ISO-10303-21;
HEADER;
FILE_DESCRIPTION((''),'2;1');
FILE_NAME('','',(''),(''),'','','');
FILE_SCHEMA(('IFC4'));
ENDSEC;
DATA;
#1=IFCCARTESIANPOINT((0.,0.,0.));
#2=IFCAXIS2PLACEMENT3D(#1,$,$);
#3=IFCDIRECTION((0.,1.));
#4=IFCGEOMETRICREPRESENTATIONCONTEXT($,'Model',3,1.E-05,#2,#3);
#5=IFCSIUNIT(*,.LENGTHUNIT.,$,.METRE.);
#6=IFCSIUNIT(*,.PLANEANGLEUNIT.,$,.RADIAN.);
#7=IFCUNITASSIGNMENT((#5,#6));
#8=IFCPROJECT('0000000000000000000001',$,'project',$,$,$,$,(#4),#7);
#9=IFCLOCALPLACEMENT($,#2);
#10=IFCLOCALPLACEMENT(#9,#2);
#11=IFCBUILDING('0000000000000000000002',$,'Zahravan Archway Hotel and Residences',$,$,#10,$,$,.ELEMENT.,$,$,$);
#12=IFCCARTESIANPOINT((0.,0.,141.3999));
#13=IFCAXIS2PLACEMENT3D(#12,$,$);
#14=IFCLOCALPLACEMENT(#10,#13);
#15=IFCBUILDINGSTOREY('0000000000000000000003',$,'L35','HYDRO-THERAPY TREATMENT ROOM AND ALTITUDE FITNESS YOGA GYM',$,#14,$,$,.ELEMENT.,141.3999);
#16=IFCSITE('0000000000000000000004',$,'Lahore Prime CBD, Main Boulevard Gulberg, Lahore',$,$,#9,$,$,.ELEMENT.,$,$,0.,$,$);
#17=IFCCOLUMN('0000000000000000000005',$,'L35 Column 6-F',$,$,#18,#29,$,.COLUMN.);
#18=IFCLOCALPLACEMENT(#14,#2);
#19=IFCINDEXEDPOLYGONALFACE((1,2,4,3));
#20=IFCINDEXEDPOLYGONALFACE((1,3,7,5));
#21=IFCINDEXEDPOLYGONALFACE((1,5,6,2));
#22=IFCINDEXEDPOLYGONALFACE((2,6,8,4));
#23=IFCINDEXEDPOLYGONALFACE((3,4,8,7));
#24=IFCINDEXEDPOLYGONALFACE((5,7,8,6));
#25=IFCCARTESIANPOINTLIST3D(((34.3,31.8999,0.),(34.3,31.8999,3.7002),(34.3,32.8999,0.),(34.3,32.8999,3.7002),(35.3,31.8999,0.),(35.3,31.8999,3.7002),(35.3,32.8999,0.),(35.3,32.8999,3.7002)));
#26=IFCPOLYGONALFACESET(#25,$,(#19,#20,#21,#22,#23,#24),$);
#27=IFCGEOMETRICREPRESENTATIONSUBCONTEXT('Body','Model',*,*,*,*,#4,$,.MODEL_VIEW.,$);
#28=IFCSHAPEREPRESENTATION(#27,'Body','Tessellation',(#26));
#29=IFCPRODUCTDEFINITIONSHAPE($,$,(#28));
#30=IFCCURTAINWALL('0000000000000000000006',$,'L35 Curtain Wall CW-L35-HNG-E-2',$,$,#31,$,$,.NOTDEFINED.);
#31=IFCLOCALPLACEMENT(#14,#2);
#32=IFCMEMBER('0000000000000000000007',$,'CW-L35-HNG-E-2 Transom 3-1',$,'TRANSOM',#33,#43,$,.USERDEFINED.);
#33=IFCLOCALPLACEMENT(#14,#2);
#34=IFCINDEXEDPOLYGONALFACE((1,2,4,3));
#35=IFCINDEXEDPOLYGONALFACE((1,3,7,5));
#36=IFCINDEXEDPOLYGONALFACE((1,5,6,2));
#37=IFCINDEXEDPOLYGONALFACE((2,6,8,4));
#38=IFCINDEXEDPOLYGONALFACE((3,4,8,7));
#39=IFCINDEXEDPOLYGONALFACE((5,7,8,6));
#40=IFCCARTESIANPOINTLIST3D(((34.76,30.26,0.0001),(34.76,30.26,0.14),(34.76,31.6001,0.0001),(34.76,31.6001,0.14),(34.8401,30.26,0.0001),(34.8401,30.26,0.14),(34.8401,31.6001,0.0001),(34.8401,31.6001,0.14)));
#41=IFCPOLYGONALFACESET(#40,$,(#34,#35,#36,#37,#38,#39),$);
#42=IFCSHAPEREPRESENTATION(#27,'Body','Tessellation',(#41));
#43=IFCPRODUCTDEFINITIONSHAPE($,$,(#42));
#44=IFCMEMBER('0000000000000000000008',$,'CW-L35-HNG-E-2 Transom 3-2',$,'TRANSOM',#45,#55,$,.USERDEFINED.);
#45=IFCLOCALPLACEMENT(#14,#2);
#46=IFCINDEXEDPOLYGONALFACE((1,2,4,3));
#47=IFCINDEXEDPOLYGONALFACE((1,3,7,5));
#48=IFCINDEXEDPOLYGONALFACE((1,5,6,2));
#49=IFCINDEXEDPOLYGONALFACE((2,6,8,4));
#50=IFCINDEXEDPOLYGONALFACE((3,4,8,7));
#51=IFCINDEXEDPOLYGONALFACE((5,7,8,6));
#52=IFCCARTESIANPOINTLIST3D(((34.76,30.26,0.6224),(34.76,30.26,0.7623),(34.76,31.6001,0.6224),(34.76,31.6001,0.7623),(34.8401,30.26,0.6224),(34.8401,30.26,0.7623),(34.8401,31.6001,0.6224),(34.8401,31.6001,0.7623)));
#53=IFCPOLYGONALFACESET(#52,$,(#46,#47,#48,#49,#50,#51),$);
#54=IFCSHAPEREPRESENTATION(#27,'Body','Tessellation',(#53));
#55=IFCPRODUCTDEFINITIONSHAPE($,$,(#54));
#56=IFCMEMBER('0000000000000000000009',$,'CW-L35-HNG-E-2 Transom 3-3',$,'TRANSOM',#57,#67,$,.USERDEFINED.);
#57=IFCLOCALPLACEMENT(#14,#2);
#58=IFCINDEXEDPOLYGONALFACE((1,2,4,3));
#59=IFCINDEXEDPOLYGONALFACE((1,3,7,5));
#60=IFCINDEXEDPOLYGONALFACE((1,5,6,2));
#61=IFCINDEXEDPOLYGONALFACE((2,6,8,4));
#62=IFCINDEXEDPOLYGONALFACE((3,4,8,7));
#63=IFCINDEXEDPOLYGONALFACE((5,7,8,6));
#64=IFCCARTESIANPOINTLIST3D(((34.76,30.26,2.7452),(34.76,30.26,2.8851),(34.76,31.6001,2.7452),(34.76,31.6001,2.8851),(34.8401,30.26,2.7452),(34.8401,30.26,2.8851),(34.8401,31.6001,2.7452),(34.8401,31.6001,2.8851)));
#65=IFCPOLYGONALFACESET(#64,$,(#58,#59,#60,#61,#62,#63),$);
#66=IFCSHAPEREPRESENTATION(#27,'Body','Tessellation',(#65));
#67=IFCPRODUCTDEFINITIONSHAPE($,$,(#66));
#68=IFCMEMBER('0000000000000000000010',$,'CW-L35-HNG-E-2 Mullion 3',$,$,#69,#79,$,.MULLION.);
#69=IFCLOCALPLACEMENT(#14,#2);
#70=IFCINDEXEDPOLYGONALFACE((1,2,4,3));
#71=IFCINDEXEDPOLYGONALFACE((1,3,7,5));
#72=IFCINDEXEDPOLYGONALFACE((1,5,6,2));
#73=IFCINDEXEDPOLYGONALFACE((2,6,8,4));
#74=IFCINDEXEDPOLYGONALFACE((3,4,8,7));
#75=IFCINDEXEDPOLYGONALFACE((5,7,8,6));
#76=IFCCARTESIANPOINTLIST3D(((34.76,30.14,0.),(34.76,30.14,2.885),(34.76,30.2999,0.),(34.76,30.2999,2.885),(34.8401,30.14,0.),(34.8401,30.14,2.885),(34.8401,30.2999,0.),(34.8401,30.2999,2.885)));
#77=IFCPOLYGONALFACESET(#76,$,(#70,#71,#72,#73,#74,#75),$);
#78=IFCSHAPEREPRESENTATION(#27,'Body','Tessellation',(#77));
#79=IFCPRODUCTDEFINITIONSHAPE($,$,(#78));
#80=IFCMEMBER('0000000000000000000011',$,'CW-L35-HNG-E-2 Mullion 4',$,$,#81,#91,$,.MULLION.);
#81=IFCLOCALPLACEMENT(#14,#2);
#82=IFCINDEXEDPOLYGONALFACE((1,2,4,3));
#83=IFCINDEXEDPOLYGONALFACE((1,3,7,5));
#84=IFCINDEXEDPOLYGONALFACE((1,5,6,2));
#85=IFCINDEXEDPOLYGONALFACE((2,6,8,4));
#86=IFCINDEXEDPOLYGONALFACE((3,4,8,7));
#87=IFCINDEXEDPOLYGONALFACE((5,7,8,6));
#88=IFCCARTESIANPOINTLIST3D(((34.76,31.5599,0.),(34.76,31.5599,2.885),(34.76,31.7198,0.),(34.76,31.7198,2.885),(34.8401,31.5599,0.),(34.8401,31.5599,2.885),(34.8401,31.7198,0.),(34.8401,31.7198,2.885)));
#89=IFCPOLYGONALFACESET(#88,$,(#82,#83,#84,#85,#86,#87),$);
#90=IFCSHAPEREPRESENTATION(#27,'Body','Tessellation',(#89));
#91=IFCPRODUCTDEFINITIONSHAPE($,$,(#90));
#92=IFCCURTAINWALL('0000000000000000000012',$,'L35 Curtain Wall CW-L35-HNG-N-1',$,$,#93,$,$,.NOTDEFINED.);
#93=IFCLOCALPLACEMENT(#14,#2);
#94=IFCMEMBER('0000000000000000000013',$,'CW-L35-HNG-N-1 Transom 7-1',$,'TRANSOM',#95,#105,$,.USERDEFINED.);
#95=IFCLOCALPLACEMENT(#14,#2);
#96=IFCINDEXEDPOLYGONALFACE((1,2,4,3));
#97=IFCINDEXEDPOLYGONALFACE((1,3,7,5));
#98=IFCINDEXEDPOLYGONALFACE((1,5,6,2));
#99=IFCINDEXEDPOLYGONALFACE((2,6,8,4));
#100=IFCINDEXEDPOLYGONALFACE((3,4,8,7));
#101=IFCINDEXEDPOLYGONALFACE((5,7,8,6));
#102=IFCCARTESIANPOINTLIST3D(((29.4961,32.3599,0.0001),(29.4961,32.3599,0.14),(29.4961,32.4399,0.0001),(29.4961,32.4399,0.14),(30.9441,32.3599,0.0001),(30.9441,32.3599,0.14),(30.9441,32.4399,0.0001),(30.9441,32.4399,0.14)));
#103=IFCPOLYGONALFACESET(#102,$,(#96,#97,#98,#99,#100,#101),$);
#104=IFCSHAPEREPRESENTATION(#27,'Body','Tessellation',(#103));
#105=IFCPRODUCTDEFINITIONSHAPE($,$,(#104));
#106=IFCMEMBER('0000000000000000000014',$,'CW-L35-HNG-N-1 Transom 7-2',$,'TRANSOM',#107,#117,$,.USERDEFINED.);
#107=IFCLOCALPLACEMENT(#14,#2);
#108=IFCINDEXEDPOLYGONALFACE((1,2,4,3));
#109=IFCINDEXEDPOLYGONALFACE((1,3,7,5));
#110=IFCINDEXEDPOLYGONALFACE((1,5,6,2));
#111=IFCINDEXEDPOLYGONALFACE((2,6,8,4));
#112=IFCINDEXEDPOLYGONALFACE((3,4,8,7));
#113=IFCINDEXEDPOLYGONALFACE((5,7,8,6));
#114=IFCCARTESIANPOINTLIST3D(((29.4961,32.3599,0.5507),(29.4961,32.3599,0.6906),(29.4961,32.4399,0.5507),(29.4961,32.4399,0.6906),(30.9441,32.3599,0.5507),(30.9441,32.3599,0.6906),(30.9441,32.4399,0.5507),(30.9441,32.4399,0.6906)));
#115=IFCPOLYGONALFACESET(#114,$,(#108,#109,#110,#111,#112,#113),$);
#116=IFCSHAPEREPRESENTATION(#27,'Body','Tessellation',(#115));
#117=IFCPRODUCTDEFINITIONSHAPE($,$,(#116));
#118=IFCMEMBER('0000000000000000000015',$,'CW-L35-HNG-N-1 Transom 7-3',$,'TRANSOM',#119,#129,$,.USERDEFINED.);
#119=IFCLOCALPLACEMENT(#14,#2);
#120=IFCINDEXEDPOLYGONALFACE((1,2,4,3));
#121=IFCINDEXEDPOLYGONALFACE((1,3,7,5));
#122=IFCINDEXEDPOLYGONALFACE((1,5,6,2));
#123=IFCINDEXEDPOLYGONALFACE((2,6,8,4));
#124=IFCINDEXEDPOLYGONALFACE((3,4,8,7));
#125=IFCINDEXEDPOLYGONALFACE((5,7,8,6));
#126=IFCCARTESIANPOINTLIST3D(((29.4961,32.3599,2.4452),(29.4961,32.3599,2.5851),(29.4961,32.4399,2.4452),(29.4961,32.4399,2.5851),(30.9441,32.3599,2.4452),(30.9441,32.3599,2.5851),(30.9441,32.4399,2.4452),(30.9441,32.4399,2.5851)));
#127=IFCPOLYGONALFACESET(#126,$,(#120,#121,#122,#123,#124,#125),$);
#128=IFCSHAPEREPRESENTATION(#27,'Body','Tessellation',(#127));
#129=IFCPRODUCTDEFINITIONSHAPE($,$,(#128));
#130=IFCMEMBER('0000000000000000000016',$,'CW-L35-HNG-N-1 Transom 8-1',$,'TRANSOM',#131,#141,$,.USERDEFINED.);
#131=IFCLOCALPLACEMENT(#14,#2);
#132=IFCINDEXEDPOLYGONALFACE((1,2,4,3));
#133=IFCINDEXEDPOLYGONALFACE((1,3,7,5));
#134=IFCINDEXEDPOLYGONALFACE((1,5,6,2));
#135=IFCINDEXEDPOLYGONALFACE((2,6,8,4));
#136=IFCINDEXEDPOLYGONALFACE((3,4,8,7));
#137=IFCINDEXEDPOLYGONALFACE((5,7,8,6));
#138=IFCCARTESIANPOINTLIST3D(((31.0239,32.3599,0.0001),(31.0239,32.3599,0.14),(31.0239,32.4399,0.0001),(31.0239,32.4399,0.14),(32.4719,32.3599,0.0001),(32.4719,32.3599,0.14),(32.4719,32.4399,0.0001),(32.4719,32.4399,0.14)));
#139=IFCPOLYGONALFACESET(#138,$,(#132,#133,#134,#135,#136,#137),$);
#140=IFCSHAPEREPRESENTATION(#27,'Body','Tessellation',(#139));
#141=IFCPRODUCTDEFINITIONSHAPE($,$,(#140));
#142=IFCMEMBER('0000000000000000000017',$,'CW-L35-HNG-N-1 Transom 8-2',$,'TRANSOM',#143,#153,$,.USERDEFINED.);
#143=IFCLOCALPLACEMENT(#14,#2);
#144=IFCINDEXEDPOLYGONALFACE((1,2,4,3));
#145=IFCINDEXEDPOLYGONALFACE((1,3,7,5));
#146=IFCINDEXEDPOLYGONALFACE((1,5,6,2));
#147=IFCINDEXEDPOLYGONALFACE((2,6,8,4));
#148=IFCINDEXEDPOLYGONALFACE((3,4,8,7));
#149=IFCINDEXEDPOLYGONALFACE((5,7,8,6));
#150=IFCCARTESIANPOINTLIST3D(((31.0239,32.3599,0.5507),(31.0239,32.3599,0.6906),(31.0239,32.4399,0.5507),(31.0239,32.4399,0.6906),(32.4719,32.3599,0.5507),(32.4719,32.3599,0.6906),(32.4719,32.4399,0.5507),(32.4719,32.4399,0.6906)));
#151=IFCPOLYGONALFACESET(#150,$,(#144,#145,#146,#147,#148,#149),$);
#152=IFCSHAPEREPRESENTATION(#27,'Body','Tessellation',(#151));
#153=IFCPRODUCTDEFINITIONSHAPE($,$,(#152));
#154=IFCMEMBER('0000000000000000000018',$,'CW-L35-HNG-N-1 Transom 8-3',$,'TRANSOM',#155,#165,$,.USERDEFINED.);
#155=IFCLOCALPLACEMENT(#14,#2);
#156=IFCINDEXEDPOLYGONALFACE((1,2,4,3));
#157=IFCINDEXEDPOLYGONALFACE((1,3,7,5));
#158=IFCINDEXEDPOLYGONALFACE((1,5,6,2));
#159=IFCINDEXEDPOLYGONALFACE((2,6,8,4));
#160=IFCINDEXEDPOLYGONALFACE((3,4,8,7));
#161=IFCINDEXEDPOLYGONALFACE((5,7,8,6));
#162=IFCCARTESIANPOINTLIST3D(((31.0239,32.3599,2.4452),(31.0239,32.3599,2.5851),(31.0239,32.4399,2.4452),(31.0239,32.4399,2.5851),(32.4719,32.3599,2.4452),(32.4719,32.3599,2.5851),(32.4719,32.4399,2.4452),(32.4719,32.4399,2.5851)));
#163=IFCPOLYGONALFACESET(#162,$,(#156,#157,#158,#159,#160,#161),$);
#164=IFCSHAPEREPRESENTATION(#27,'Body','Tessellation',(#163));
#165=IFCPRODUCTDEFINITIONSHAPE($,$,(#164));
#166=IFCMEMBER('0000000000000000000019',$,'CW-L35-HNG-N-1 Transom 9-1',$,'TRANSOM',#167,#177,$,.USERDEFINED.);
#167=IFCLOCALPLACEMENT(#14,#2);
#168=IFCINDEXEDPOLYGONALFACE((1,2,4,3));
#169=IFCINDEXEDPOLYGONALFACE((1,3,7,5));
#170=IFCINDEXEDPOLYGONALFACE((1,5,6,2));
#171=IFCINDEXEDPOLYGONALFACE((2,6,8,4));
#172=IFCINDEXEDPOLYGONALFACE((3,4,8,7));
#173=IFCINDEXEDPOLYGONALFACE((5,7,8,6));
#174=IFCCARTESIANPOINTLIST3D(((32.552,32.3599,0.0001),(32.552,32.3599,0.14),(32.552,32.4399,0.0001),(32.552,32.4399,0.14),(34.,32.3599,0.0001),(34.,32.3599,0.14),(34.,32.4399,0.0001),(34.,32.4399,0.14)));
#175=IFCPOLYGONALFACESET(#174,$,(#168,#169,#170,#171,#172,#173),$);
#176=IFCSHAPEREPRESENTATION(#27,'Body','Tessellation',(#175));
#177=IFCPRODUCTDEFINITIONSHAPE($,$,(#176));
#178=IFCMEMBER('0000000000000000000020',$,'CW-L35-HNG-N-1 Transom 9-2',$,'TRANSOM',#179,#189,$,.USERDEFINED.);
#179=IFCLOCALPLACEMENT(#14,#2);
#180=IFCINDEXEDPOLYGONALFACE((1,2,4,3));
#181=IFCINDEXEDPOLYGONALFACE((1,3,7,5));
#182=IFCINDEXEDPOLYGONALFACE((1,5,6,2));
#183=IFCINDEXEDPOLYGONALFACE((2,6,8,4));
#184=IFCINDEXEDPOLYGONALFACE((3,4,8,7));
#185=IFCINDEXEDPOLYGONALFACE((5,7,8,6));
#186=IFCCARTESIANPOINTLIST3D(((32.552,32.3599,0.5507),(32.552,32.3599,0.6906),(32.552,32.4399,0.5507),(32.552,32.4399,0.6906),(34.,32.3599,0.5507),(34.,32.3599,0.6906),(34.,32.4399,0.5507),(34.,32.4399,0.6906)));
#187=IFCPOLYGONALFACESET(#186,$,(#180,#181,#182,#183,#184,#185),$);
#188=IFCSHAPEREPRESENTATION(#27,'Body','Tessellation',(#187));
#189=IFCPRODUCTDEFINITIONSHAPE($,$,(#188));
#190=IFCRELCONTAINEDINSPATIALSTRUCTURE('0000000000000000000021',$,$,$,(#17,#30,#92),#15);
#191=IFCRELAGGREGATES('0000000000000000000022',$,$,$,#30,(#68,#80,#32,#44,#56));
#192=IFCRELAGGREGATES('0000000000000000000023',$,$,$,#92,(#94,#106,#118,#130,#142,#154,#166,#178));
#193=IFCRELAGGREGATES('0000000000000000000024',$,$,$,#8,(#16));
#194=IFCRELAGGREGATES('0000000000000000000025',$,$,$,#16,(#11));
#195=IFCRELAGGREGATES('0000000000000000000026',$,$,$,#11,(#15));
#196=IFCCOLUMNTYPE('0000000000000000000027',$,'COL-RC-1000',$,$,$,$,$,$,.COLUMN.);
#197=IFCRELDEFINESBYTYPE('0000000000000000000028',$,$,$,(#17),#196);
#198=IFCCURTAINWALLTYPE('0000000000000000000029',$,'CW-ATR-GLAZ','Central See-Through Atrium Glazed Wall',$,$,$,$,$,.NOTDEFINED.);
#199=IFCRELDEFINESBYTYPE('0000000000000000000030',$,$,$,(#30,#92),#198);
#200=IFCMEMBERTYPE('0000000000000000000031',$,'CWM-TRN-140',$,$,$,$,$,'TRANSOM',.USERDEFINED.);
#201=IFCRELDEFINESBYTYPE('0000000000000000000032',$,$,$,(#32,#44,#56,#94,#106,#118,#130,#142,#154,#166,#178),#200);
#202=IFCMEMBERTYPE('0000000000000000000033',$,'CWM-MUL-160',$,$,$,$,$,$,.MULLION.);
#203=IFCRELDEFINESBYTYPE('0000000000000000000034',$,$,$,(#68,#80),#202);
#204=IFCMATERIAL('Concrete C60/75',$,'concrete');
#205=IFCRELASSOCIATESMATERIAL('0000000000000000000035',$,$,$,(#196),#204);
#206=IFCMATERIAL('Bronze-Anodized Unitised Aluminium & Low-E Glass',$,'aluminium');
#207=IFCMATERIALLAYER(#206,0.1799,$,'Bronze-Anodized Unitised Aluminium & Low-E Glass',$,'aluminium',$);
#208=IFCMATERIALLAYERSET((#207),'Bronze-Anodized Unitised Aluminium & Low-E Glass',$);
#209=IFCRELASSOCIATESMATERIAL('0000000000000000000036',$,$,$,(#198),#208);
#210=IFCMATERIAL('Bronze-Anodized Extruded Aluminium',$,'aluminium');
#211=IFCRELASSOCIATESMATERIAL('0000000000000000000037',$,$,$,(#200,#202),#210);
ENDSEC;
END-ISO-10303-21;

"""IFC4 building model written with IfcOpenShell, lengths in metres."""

from ifc_helpers import new_model, si_unit, direction, frame, origin, origin_2d, place, context, subcontext, project, spatial, rectangle, extrude, source, transform, mapped, material, layer, layer_set, material_profile, profile_set, type_object, element, aggregate, save


model = new_model("IFC4")

# Units and contexts
model_context = context("Model", 3, precision=1e-05, world=origin(), true_north=direction((0.0, 1.0)))
body_context = subcontext(model_context, "Body", "Model", "MODEL_VIEW")
ifc_project = project(units=[si_unit("LENGTHUNIT", "METRE"), si_unit("PLANEANGLEUNIT", "RADIAN")], contexts=[model_context])

# Site, building, storey
site_placement = place(None, origin())
site = spatial("IfcSite", under=ifc_project, at=site_placement, Name="Lahore Prime CBD, Main Boulevard Gulberg, Lahore", CompositionType="ELEMENT", RefElevation=0.0)
building_placement = place(site_placement, origin())
building = spatial("IfcBuilding", under=site, at=building_placement, Name="Zahravan Archway Hotel and Residences", CompositionType="ELEMENT")
storey_placement = place(building_placement, frame((0.0, 0.0, 141.3999)))
storey = spatial("IfcBuildingStorey", under=building, at=storey_placement, Name="L35", Description="HYDRO-THERAPY TREATMENT ROOM AND ALTITUDE FITNESS YOGA GYM", CompositionType="ELEMENT", Elevation=141.3999)

# Column
ifc_material_1 = material(Name="Concrete C60/75", Category="concrete")
ifc_material_profile_1 = material_profile(ifc_material_1, rectangle(XDim=1.0, YDim=1.0, at=origin_2d()), Name="RC-COL-1000x1000", Category="concrete")
ifc_profile_set_1 = profile_set([ifc_material_profile_1], Name="Concrete C60/75")
column_type = type_object("IfcColumnType", Name="COL-RC-1000", PredefinedType="COLUMN", material=ifc_profile_set_1)
shared_shape_1 = source(origin(), body_context, "Body", "SweptSolid", [
    extrude(rectangle(XDim=1.0, YDim=1.0, at=origin_2d()), origin(), (0.0, 0.0, 1.0), 3.7002),
])
column_placement = place(storey_placement, frame((34.8, 32.3999, 0.0), z_axis=(0.0, 0.0, 1.0), x_axis=(1.0, 0.0, 0.0)))
element("IfcColumn", 1, at=column_placement, inside=storey, type_object=column_type, Name="L35 Column 6-F", PredefinedType="COLUMN", context=body_context, shape_type="MappedRepresentation", body=[
    mapped(shared_shape_1, transform((0.0, 0.0, 0.0), scale=1.0)),
])

# Curtain walls, members
ifc_material_2 = material(Name="Bronze-Anodized Unitised Aluminium & Low-E Glass", Category="aluminium")
ifc_layer_1 = layer(ifc_material_2, 0.1799, Name="Bronze-Anodized Unitised Aluminium & Low-E Glass", Category="aluminium")
ifc_layer_set_1 = layer_set([ifc_layer_1], Name="Bronze-Anodized Unitised Aluminium & Low-E Glass")
curtain_wall_type = type_object("IfcCurtainWallType", Name="CW-ATR-GLAZ", Description="Central See-Through Atrium Glazed Wall", PredefinedType="NOTDEFINED", material=ifc_layer_set_1)
curtain_wall_1_placement = place(storey_placement, origin())
curtain_wall_1 = element("IfcCurtainWall", 2, at=curtain_wall_1_placement, inside=storey, type_object=curtain_wall_type, Name="L35 Curtain Wall CW-L35-HNG-E-2", PredefinedType="NOTDEFINED")
ifc_material_3 = material(Name="Bronze-Anodized Extruded Aluminium", Category="aluminium")
ifc_material_profile_2 = material_profile(ifc_material_3, rectangle(XDim=0.0801, YDim=0.1399, at=origin_2d()), Name="TRN 80x140", Category="aluminium")
ifc_profile_set_2 = profile_set([ifc_material_profile_2], Name="Bronze-Anodized Extruded Aluminium")
member_type_1 = type_object("IfcMemberType", Name="CWM-TRN-140", ElementType="TRANSOM", PredefinedType="USERDEFINED", material=ifc_profile_set_2)
shared_shape_2 = source(origin(), body_context, "Body", "SweptSolid", [
    extrude(rectangle(XDim=0.0801, YDim=0.1399, at=origin_2d()), origin(), (0.0, 0.0, 1.0), 1.3401),
])
member_1_placement = place(storey_placement, frame((34.8, 30.26, 0.0701), z_axis=(0.0, 1.0, 0.0), x_axis=(-1.0, 0.0, 0.0)))
member_1 = element("IfcMember", 3, at=member_1_placement, type_object=member_type_1, Name="CW-L35-HNG-E-2 Transom 3-1", ObjectType="TRANSOM", PredefinedType="USERDEFINED", context=body_context, shape_type="MappedRepresentation", body=[
    mapped(shared_shape_2, transform((0.0, 0.0, 0.0), scale=1.0)),
])
member_2_placement = place(storey_placement, frame((34.8, 30.26, 0.6924), z_axis=(0.0, 1.0, 0.0), x_axis=(-1.0, 0.0, 0.0)))
member_2 = element("IfcMember", 4, at=member_2_placement, type_object=member_type_1, Name="CW-L35-HNG-E-2 Transom 3-2", ObjectType="TRANSOM", PredefinedType="USERDEFINED", context=body_context, shape_type="MappedRepresentation", body=[
    mapped(shared_shape_2, transform((0.0, 0.0, 0.0), scale=1.0)),
])
member_3_placement = place(storey_placement, frame((34.8, 30.26, 2.8152), z_axis=(0.0, 1.0, 0.0), x_axis=(-1.0, 0.0, 0.0)))
member_3 = element("IfcMember", 5, at=member_3_placement, type_object=member_type_1, Name="CW-L35-HNG-E-2 Transom 3-3", ObjectType="TRANSOM", PredefinedType="USERDEFINED", context=body_context, shape_type="MappedRepresentation", body=[
    mapped(shared_shape_2, transform((0.0, 0.0, 0.0), scale=1.0)),
])
ifc_material_profile_3 = material_profile(ifc_material_3, rectangle(XDim=0.0801, YDim=0.1599, at=origin_2d()), Name="MUL 80x160", Category="aluminium")
ifc_profile_set_3 = profile_set([ifc_material_profile_3], Name="Bronze-Anodized Extruded Aluminium")
member_type_2 = type_object("IfcMemberType", Name="CWM-MUL-160", PredefinedType="MULLION", material=ifc_profile_set_3)
shared_shape_3 = source(origin(), body_context, "Body", "SweptSolid", [
    extrude(rectangle(XDim=0.0801, YDim=0.1599, at=origin_2d()), origin(), (0.0, 0.0, 1.0), 2.885),
])
member_4_placement = place(storey_placement, frame((34.8, 30.22, 0.0), z_axis=(0.0, 0.0, 1.0), x_axis=(1.0, 0.0, 0.0)))
member_4 = element("IfcMember", 6, at=member_4_placement, type_object=member_type_2, Name="CW-L35-HNG-E-2 Mullion 3", PredefinedType="MULLION", context=body_context, shape_type="MappedRepresentation", body=[
    mapped(shared_shape_3, transform((0.0, 0.0, 0.0), scale=1.0)),
])
member_5_placement = place(storey_placement, frame((34.8, 31.6399, 0.0), z_axis=(0.0, 0.0, 1.0), x_axis=(1.0, 0.0, 0.0)))
member_5 = element("IfcMember", 7, at=member_5_placement, type_object=member_type_2, Name="CW-L35-HNG-E-2 Mullion 4", PredefinedType="MULLION", context=body_context, shape_type="MappedRepresentation", body=[
    mapped(shared_shape_3, transform((0.0, 0.0, 0.0), scale=1.0)),
])
curtain_wall_2_placement = place(storey_placement, origin())
curtain_wall_2 = element("IfcCurtainWall", 8, at=curtain_wall_2_placement, inside=storey, type_object=curtain_wall_type, Name="L35 Curtain Wall CW-L35-HNG-N-1", PredefinedType="NOTDEFINED")
shared_shape_4 = source(origin(), body_context, "Body", "SweptSolid", [
    extrude(rectangle(XDim=0.0801, YDim=0.1399, at=origin_2d()), origin(), (0.0, 0.0, 1.0), 1.448),
])
member_6_placement = place(storey_placement, frame((29.4961, 32.3999, 0.0701), z_axis=(1.0, 0.0, 0.0), x_axis=(0.0, 1.0, 0.0)))
member_6 = element("IfcMember", 9, at=member_6_placement, type_object=member_type_1, Name="CW-L35-HNG-N-1 Transom 7-1", ObjectType="TRANSOM", PredefinedType="USERDEFINED", context=body_context, shape_type="MappedRepresentation", body=[
    mapped(shared_shape_4, transform((0.0, 0.0, 0.0), scale=1.0)),
])
member_7_placement = place(storey_placement, frame((29.4961, 32.3999, 0.6206), z_axis=(1.0, 0.0, 0.0), x_axis=(0.0, 1.0, 0.0)))
member_7 = element("IfcMember", 10, at=member_7_placement, type_object=member_type_1, Name="CW-L35-HNG-N-1 Transom 7-2", ObjectType="TRANSOM", PredefinedType="USERDEFINED", context=body_context, shape_type="MappedRepresentation", body=[
    mapped(shared_shape_4, transform((0.0, 0.0, 0.0), scale=1.0)),
])
member_8_placement = place(storey_placement, frame((29.4961, 32.3999, 2.5151), z_axis=(1.0, 0.0, 0.0), x_axis=(0.0, 1.0, 0.0)))
member_8 = element("IfcMember", 11, at=member_8_placement, type_object=member_type_1, Name="CW-L35-HNG-N-1 Transom 7-3", ObjectType="TRANSOM", PredefinedType="USERDEFINED", context=body_context, shape_type="MappedRepresentation", body=[
    mapped(shared_shape_4, transform((0.0, 0.0, 0.0), scale=1.0)),
])
member_9_placement = place(storey_placement, frame((31.0239, 32.3999, 0.0701), z_axis=(1.0, 0.0, 0.0), x_axis=(0.0, 1.0, 0.0)))
member_9 = element("IfcMember", 12, at=member_9_placement, type_object=member_type_1, Name="CW-L35-HNG-N-1 Transom 8-1", ObjectType="TRANSOM", PredefinedType="USERDEFINED", context=body_context, shape_type="MappedRepresentation", body=[
    mapped(shared_shape_4, transform((0.0, 0.0, 0.0), scale=1.0)),
])
member_10_placement = place(storey_placement, frame((31.0239, 32.3999, 0.6206), z_axis=(1.0, 0.0, 0.0), x_axis=(0.0, 1.0, 0.0)))
member_10 = element("IfcMember", 13, at=member_10_placement, type_object=member_type_1, Name="CW-L35-HNG-N-1 Transom 8-2", ObjectType="TRANSOM", PredefinedType="USERDEFINED", context=body_context, shape_type="MappedRepresentation", body=[
    mapped(shared_shape_4, transform((0.0, 0.0, 0.0), scale=1.0)),
])
member_11_placement = place(storey_placement, frame((31.0239, 32.3999, 2.5151), z_axis=(1.0, 0.0, 0.0), x_axis=(0.0, 1.0, 0.0)))
member_11 = element("IfcMember", 14, at=member_11_placement, type_object=member_type_1, Name="CW-L35-HNG-N-1 Transom 8-3", ObjectType="TRANSOM", PredefinedType="USERDEFINED", context=body_context, shape_type="MappedRepresentation", body=[
    mapped(shared_shape_4, transform((0.0, 0.0, 0.0), scale=1.0)),
])
member_12_placement = place(storey_placement, frame((32.552, 32.3999, 0.0701), z_axis=(1.0, 0.0, 0.0), x_axis=(0.0, 1.0, 0.0)))
member_12 = element("IfcMember", 15, at=member_12_placement, type_object=member_type_1, Name="CW-L35-HNG-N-1 Transom 9-1", ObjectType="TRANSOM", PredefinedType="USERDEFINED", context=body_context, shape_type="MappedRepresentation", body=[
    mapped(shared_shape_4, transform((0.0, 0.0, 0.0), scale=1.0)),
])
member_13_placement = place(storey_placement, frame((32.552, 32.3999, 0.6206), z_axis=(1.0, 0.0, 0.0), x_axis=(0.0, 1.0, 0.0)))
member_13 = element("IfcMember", 16, at=member_13_placement, type_object=member_type_1, Name="CW-L35-HNG-N-1 Transom 9-2", ObjectType="TRANSOM", PredefinedType="USERDEFINED", context=body_context, shape_type="MappedRepresentation", body=[
    mapped(shared_shape_4, transform((0.0, 0.0, 0.0), scale=1.0)),
])

aggregate(curtain_wall_1, [member_4, member_5, member_1, member_2, member_3])
aggregate(curtain_wall_2, [member_6, member_7, member_8, member_9, member_10, member_11, member_12, member_13])

save(model, "model.ifc")
